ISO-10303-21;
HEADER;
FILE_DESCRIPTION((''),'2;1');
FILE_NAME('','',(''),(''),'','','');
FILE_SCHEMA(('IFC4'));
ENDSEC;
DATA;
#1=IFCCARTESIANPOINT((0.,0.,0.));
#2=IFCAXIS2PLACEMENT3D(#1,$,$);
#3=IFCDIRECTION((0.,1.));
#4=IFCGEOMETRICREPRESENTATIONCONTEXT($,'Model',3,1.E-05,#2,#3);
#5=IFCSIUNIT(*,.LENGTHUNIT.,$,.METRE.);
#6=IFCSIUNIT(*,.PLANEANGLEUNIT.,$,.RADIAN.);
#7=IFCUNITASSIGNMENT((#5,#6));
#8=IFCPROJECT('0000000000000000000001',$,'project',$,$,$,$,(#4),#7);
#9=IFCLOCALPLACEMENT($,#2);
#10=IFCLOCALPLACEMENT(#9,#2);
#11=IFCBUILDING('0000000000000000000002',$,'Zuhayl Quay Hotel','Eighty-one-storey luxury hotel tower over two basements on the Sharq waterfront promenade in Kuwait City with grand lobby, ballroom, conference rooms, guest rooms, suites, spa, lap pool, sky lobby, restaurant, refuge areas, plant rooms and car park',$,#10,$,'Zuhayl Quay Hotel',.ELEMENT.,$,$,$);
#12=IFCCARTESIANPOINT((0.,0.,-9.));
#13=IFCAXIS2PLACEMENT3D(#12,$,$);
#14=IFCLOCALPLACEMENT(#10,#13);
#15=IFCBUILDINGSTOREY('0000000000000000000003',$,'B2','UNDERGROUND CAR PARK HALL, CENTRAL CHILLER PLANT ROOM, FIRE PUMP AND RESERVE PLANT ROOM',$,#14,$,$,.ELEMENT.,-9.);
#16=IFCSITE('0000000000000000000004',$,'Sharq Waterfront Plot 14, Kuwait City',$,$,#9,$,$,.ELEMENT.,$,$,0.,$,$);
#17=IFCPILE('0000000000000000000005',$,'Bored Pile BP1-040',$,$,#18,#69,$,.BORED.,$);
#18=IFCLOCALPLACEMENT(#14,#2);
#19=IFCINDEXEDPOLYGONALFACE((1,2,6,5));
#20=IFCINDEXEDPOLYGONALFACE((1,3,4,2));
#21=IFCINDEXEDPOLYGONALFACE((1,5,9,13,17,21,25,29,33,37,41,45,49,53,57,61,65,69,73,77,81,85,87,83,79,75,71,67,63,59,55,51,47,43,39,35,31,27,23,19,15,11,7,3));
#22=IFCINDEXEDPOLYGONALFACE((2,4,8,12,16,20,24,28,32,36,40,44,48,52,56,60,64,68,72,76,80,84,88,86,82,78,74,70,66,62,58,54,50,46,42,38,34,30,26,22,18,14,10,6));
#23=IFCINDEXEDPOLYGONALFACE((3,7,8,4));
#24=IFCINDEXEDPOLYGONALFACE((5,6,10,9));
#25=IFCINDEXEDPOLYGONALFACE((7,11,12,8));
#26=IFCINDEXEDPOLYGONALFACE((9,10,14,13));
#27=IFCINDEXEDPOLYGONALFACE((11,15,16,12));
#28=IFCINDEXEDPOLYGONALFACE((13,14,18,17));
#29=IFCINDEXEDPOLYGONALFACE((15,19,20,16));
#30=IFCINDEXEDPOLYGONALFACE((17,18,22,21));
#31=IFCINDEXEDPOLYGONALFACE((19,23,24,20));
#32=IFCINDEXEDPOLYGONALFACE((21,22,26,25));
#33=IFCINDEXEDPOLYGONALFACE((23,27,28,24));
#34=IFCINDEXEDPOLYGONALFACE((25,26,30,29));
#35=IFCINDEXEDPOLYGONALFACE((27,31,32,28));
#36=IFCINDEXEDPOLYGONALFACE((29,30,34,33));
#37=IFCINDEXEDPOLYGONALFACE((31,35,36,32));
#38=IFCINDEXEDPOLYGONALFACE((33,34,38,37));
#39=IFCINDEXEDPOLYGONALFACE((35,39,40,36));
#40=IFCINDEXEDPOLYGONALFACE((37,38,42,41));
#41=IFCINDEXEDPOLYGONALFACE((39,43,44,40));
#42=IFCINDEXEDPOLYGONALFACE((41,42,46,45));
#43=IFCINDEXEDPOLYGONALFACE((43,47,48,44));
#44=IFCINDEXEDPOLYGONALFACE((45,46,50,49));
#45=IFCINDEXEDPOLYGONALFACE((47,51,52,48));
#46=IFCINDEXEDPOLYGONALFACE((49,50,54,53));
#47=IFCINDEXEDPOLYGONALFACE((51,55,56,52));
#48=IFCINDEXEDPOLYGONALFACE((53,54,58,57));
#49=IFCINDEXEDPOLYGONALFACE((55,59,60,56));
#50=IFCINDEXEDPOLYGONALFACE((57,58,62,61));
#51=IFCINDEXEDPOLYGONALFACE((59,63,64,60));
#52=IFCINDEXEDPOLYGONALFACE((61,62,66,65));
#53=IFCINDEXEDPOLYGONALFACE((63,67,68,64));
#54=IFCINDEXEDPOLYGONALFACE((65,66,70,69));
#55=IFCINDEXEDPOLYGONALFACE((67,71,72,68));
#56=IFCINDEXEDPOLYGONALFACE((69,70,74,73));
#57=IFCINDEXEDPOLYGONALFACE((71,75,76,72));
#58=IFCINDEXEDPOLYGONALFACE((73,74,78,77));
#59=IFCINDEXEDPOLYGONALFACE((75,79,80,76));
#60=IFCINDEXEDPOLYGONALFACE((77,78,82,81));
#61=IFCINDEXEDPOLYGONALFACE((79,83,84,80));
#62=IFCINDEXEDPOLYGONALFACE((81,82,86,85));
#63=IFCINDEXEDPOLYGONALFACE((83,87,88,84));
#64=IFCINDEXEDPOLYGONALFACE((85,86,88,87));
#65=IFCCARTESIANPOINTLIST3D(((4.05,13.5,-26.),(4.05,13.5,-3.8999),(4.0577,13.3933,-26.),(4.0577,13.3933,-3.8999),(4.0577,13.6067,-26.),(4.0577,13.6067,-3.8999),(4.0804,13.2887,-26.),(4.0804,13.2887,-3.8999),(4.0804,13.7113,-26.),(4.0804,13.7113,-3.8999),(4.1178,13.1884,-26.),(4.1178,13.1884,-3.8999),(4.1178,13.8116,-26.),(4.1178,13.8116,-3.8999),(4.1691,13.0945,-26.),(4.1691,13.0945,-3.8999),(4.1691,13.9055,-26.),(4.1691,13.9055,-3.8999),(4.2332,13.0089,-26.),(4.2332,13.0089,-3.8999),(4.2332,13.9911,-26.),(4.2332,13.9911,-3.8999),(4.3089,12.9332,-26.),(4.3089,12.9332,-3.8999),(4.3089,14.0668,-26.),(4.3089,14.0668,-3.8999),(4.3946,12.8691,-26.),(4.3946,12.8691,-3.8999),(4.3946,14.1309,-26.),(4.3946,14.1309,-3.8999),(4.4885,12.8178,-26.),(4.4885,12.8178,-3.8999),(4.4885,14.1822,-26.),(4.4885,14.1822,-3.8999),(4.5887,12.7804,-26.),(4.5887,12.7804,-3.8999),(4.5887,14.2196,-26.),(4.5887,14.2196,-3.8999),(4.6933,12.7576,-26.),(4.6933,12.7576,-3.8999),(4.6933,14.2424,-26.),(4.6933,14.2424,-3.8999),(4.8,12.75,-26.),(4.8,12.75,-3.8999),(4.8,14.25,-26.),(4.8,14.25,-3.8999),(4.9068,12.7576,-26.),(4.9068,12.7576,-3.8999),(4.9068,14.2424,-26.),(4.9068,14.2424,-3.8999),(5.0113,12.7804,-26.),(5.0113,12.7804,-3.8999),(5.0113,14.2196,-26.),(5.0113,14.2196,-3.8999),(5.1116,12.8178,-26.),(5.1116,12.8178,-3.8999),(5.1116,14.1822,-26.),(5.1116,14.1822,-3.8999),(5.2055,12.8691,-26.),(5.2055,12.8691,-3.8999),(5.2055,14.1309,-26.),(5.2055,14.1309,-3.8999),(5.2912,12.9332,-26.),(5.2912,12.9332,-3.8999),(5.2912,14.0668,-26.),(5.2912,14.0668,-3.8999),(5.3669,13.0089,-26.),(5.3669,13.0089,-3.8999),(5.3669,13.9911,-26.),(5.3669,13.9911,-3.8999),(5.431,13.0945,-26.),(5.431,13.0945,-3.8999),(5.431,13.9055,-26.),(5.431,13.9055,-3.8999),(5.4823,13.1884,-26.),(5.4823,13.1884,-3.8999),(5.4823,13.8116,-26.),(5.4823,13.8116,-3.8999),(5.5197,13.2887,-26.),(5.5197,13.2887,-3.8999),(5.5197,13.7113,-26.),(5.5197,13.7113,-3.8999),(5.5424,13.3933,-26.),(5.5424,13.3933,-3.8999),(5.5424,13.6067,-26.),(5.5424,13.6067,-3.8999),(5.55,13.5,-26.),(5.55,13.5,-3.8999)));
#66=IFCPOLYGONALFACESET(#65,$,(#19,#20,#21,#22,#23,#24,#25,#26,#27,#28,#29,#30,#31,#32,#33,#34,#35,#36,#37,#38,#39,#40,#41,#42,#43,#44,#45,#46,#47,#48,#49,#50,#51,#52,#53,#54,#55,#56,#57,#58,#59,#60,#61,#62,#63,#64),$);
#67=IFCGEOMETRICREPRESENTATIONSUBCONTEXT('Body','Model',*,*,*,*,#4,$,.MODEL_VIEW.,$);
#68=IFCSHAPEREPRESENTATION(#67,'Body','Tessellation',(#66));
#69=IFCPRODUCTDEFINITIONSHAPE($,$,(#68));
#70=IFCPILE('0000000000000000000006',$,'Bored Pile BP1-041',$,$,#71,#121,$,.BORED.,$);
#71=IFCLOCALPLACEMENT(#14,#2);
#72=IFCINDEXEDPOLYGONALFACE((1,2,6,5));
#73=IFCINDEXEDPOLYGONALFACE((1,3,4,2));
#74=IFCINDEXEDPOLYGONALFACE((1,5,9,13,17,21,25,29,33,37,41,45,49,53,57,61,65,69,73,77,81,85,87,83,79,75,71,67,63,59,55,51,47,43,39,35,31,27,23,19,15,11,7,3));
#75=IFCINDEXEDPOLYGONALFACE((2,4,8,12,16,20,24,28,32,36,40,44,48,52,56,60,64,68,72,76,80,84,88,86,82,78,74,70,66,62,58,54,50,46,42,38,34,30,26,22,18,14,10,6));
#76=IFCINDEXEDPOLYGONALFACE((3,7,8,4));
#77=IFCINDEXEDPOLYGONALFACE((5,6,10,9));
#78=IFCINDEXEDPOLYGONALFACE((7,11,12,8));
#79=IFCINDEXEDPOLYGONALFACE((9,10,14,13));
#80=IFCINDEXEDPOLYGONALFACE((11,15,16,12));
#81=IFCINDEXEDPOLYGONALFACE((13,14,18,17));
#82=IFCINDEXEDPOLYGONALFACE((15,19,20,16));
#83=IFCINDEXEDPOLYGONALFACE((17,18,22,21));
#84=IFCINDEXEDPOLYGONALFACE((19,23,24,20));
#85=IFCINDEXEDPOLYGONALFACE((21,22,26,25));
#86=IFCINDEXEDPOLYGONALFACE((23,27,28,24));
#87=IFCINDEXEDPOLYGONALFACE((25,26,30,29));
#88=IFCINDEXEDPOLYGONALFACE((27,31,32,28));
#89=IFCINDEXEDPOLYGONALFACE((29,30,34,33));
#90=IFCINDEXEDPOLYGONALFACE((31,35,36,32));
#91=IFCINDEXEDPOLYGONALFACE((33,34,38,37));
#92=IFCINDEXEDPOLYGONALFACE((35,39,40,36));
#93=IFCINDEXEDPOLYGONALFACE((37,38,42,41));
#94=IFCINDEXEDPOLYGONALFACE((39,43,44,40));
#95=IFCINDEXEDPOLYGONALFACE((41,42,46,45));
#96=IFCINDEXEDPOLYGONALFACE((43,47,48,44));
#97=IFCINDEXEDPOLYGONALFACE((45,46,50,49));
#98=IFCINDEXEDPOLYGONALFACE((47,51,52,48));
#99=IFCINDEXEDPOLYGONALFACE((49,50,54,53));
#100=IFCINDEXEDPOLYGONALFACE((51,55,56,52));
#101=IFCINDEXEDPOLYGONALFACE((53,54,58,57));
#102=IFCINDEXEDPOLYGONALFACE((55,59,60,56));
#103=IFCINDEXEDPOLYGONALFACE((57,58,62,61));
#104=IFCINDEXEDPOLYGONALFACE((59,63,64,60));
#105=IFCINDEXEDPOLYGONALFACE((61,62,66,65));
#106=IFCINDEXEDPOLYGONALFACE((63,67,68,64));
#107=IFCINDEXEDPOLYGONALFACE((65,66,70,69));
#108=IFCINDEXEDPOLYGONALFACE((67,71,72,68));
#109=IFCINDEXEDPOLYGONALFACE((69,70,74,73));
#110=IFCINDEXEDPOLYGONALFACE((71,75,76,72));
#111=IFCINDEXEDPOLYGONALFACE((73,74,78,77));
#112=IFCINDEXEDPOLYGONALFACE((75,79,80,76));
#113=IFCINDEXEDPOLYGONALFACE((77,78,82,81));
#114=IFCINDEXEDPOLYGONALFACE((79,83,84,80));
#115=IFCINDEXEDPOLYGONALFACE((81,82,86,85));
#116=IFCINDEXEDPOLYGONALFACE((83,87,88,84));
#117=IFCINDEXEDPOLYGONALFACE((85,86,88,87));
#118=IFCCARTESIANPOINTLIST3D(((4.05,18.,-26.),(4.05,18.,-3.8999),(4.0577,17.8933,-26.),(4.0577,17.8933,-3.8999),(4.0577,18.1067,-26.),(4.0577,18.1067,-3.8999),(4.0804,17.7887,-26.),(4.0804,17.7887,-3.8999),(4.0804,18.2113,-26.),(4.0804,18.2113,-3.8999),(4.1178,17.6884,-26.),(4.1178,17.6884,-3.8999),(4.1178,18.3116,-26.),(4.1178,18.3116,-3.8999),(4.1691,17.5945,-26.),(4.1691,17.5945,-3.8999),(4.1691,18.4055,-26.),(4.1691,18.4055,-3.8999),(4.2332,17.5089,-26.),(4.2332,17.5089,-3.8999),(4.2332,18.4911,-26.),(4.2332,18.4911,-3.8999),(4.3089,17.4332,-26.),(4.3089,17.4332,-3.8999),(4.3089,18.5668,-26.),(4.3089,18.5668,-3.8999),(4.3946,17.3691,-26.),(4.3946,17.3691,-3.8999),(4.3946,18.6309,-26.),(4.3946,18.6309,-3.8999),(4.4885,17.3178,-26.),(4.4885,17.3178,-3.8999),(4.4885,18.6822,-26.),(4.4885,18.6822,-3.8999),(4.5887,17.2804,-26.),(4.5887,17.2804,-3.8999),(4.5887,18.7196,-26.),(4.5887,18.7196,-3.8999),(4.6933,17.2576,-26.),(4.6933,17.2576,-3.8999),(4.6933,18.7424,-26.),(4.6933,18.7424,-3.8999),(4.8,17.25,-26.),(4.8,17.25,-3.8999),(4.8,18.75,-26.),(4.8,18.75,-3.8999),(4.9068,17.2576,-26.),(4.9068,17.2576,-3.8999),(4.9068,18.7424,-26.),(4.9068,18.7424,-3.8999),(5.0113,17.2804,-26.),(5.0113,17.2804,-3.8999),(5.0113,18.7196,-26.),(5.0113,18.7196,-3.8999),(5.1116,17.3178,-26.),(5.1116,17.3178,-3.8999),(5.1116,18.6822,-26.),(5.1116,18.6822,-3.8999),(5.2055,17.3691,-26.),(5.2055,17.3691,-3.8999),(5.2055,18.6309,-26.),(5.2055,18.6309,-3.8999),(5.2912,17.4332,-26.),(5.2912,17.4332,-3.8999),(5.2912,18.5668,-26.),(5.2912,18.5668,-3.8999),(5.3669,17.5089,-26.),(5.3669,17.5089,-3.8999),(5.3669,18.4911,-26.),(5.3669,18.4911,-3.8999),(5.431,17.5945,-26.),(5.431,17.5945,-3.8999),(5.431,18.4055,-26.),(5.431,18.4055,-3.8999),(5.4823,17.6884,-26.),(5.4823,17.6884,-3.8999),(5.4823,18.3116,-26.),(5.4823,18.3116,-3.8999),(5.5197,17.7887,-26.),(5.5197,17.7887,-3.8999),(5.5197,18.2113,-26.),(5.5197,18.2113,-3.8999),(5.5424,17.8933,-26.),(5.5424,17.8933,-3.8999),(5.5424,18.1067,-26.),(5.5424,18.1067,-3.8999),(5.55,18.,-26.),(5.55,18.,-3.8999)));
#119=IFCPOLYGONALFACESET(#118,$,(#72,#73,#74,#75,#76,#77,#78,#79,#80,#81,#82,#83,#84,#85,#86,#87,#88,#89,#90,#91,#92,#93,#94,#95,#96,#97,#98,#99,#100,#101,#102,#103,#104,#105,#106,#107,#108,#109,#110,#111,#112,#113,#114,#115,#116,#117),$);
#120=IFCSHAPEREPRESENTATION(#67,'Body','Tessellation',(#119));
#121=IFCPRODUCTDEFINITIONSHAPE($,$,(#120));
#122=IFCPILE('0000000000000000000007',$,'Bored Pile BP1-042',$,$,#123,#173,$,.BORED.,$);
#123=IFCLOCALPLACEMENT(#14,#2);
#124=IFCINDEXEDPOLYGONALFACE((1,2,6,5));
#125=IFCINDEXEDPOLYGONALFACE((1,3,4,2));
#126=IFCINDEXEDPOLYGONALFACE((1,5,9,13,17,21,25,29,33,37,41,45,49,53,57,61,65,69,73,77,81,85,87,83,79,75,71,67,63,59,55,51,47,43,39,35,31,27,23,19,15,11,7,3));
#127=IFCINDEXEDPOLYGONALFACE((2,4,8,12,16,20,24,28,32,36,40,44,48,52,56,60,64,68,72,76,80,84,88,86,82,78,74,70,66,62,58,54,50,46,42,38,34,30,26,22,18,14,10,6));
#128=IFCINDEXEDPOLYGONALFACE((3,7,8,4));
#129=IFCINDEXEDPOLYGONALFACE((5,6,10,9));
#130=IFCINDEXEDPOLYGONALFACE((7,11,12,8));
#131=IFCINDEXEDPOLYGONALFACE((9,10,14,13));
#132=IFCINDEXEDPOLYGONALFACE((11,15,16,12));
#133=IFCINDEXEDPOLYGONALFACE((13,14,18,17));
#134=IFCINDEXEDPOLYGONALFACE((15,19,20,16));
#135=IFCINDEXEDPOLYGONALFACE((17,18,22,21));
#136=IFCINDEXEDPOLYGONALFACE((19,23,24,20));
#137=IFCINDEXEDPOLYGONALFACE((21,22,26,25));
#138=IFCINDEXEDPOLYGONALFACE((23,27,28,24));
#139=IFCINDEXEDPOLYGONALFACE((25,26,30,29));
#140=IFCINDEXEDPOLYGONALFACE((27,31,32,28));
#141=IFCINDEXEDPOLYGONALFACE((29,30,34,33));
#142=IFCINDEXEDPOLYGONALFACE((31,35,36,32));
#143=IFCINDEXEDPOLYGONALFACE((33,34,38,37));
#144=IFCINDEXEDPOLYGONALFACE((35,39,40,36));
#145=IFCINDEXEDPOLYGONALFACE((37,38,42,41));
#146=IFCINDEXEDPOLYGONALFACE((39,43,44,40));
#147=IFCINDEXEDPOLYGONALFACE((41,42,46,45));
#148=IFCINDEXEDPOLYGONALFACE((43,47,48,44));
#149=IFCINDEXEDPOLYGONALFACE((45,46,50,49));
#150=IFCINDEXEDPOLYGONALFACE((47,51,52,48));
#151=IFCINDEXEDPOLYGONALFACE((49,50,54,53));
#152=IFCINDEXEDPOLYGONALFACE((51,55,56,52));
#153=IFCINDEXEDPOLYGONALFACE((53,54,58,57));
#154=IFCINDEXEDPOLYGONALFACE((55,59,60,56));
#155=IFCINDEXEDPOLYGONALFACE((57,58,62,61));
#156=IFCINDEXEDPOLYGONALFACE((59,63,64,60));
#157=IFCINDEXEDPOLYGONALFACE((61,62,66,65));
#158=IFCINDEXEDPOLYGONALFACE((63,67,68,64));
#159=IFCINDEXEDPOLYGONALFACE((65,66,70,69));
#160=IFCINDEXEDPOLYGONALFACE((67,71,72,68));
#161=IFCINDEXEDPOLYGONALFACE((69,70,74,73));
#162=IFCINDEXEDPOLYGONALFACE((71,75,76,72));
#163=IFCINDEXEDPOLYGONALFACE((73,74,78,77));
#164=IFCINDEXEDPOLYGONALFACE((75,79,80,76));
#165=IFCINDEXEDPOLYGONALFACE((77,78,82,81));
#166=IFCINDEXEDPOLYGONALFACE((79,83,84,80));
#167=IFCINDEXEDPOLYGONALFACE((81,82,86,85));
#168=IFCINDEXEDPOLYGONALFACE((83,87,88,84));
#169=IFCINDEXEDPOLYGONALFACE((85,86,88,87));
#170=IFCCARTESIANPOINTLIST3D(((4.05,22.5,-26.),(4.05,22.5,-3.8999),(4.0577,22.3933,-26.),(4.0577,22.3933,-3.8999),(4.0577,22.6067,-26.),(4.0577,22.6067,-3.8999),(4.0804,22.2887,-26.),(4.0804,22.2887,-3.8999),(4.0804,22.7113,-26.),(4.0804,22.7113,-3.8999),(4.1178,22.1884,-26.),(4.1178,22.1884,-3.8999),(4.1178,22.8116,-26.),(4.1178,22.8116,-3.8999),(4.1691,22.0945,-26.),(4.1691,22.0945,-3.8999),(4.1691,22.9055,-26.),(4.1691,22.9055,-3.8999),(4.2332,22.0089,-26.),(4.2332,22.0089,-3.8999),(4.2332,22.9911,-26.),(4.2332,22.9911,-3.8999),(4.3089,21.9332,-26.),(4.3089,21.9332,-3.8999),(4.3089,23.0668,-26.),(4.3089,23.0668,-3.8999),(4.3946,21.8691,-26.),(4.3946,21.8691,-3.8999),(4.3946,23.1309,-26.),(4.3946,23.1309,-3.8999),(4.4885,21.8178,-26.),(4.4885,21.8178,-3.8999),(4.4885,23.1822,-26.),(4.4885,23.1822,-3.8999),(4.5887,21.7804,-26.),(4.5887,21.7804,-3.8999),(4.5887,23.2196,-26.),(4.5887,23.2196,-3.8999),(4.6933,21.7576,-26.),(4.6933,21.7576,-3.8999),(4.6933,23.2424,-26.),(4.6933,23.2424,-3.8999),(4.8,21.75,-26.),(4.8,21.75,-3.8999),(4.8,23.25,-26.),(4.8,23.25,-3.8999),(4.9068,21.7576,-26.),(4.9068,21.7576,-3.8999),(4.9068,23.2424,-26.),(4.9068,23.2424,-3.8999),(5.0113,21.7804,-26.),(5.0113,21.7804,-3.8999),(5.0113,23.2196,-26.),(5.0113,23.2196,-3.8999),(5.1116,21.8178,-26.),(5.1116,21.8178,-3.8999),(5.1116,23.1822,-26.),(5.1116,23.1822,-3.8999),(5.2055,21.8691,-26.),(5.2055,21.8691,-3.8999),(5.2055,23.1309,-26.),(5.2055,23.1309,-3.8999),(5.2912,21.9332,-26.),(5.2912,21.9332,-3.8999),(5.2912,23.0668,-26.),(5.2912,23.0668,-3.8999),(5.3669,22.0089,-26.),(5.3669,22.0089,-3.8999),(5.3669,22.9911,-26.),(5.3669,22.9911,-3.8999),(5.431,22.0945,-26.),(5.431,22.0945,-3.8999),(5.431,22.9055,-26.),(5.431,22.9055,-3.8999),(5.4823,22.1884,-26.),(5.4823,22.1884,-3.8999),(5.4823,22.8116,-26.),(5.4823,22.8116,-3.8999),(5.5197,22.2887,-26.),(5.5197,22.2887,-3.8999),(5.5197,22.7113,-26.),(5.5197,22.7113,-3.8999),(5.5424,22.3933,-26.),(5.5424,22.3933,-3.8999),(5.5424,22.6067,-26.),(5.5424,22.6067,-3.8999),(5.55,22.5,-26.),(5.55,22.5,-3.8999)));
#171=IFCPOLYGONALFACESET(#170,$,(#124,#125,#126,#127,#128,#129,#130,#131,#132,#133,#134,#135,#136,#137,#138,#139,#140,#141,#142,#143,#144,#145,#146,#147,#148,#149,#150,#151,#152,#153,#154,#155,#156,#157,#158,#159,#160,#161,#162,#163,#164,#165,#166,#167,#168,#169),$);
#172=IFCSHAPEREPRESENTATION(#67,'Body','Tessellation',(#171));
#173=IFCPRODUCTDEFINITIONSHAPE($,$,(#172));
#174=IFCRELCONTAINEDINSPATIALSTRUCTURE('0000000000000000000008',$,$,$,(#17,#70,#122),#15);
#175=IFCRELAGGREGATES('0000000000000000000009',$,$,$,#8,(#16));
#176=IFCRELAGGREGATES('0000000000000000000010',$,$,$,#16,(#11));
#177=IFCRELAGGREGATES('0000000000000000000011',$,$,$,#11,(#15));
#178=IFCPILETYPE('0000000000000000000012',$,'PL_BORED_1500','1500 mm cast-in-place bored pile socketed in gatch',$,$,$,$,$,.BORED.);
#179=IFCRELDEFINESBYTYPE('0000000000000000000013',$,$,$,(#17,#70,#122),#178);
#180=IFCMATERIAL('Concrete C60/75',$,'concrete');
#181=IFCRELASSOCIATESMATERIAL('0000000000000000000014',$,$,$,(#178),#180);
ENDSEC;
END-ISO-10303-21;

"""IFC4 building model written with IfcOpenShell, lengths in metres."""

from ifc_helpers import new_model, si_unit, direction, frame, origin, origin_2d, place, context, subcontext, project, spatial, circle, extrude, material, material_profile, profile_set, type_object, element, save


model = new_model("IFC4")

# Units and contexts
model_context = context("Model", 3, precision=1e-05, world=origin(), true_north=direction((0.0, 1.0)))
body_context = subcontext(model_context, "Body", "Model", "MODEL_VIEW")
ifc_project = project(units=[si_unit("LENGTHUNIT", "METRE"), si_unit("PLANEANGLEUNIT", "RADIAN")], contexts=[model_context])

# Site, building, storey
site_placement = place(None, origin())
site = spatial("IfcSite", under=ifc_project, at=site_placement, Name="Sharq Waterfront Plot 14, Kuwait City", CompositionType="ELEMENT", RefElevation=0.0)
building_placement = place(site_placement, origin())
building = spatial("IfcBuilding", under=site, at=building_placement, Name="Zuhayl Quay Hotel", Description="Eighty-one-storey luxury hotel tower over two basements on the Sharq waterfront promenade in Kuwait City with grand lobby, ballroom, conference rooms, guest rooms, suites, spa, lap pool, sky lobby, restaurant, refuge areas, plant rooms and car park", LongName="Zuhayl Quay Hotel", CompositionType="ELEMENT")
storey_placement = place(building_placement, frame((0.0, 0.0, -9.0)))
storey = spatial("IfcBuildingStorey", under=building, at=storey_placement, Name="B2", Description="UNDERGROUND CAR PARK HALL, CENTRAL CHILLER PLANT ROOM, FIRE PUMP AND RESERVE PLANT ROOM", CompositionType="ELEMENT", Elevation=-9.0)

# Piles
ifc_material_1 = material(Name="Concrete C60/75", Category="concrete")
ifc_material_profile_1 = material_profile(ifc_material_1, circle(Radius=0.75, at=origin_2d()), Name="PILE1500")
ifc_profile_set_1 = profile_set([ifc_material_profile_1], Name="Concrete C60/75")
pile_type = type_object("IfcPileType", Name="PL_BORED_1500", Description="1500 mm cast-in-place bored pile socketed in gatch", PredefinedType="BORED", material=ifc_profile_set_1)
for number, where, z_axis, x_axis, name in (
    (1, (4.8, 13.5, -3.8999), (0.0, 0.0, -1.0), (1.0, 0.0, 0.0), "Bored Pile BP1-040"),
    (2, (4.8, 18.0, -3.8999), (0.0, 0.0, -1.0), (1.0, 0.0, 0.0), "Bored Pile BP1-041"),
    (3, (4.8, 22.5, -3.8999), (0.0, 0.0, -1.0), (1.0, 0.0, 0.0), "Bored Pile BP1-042"),
):
    element("IfcPile", number, at=place(storey_placement, frame(where, z_axis=z_axis, x_axis=x_axis)), inside=storey, type_object=pile_type, Name=name, PredefinedType="BORED", context=body_context, shape_type="SweptSolid", body=[
        extrude(circle(Radius=0.75, at=origin_2d()), origin(), (0.0, 0.0, 1.0), 22.1001),
    ])

save(model, "model.ifc")
